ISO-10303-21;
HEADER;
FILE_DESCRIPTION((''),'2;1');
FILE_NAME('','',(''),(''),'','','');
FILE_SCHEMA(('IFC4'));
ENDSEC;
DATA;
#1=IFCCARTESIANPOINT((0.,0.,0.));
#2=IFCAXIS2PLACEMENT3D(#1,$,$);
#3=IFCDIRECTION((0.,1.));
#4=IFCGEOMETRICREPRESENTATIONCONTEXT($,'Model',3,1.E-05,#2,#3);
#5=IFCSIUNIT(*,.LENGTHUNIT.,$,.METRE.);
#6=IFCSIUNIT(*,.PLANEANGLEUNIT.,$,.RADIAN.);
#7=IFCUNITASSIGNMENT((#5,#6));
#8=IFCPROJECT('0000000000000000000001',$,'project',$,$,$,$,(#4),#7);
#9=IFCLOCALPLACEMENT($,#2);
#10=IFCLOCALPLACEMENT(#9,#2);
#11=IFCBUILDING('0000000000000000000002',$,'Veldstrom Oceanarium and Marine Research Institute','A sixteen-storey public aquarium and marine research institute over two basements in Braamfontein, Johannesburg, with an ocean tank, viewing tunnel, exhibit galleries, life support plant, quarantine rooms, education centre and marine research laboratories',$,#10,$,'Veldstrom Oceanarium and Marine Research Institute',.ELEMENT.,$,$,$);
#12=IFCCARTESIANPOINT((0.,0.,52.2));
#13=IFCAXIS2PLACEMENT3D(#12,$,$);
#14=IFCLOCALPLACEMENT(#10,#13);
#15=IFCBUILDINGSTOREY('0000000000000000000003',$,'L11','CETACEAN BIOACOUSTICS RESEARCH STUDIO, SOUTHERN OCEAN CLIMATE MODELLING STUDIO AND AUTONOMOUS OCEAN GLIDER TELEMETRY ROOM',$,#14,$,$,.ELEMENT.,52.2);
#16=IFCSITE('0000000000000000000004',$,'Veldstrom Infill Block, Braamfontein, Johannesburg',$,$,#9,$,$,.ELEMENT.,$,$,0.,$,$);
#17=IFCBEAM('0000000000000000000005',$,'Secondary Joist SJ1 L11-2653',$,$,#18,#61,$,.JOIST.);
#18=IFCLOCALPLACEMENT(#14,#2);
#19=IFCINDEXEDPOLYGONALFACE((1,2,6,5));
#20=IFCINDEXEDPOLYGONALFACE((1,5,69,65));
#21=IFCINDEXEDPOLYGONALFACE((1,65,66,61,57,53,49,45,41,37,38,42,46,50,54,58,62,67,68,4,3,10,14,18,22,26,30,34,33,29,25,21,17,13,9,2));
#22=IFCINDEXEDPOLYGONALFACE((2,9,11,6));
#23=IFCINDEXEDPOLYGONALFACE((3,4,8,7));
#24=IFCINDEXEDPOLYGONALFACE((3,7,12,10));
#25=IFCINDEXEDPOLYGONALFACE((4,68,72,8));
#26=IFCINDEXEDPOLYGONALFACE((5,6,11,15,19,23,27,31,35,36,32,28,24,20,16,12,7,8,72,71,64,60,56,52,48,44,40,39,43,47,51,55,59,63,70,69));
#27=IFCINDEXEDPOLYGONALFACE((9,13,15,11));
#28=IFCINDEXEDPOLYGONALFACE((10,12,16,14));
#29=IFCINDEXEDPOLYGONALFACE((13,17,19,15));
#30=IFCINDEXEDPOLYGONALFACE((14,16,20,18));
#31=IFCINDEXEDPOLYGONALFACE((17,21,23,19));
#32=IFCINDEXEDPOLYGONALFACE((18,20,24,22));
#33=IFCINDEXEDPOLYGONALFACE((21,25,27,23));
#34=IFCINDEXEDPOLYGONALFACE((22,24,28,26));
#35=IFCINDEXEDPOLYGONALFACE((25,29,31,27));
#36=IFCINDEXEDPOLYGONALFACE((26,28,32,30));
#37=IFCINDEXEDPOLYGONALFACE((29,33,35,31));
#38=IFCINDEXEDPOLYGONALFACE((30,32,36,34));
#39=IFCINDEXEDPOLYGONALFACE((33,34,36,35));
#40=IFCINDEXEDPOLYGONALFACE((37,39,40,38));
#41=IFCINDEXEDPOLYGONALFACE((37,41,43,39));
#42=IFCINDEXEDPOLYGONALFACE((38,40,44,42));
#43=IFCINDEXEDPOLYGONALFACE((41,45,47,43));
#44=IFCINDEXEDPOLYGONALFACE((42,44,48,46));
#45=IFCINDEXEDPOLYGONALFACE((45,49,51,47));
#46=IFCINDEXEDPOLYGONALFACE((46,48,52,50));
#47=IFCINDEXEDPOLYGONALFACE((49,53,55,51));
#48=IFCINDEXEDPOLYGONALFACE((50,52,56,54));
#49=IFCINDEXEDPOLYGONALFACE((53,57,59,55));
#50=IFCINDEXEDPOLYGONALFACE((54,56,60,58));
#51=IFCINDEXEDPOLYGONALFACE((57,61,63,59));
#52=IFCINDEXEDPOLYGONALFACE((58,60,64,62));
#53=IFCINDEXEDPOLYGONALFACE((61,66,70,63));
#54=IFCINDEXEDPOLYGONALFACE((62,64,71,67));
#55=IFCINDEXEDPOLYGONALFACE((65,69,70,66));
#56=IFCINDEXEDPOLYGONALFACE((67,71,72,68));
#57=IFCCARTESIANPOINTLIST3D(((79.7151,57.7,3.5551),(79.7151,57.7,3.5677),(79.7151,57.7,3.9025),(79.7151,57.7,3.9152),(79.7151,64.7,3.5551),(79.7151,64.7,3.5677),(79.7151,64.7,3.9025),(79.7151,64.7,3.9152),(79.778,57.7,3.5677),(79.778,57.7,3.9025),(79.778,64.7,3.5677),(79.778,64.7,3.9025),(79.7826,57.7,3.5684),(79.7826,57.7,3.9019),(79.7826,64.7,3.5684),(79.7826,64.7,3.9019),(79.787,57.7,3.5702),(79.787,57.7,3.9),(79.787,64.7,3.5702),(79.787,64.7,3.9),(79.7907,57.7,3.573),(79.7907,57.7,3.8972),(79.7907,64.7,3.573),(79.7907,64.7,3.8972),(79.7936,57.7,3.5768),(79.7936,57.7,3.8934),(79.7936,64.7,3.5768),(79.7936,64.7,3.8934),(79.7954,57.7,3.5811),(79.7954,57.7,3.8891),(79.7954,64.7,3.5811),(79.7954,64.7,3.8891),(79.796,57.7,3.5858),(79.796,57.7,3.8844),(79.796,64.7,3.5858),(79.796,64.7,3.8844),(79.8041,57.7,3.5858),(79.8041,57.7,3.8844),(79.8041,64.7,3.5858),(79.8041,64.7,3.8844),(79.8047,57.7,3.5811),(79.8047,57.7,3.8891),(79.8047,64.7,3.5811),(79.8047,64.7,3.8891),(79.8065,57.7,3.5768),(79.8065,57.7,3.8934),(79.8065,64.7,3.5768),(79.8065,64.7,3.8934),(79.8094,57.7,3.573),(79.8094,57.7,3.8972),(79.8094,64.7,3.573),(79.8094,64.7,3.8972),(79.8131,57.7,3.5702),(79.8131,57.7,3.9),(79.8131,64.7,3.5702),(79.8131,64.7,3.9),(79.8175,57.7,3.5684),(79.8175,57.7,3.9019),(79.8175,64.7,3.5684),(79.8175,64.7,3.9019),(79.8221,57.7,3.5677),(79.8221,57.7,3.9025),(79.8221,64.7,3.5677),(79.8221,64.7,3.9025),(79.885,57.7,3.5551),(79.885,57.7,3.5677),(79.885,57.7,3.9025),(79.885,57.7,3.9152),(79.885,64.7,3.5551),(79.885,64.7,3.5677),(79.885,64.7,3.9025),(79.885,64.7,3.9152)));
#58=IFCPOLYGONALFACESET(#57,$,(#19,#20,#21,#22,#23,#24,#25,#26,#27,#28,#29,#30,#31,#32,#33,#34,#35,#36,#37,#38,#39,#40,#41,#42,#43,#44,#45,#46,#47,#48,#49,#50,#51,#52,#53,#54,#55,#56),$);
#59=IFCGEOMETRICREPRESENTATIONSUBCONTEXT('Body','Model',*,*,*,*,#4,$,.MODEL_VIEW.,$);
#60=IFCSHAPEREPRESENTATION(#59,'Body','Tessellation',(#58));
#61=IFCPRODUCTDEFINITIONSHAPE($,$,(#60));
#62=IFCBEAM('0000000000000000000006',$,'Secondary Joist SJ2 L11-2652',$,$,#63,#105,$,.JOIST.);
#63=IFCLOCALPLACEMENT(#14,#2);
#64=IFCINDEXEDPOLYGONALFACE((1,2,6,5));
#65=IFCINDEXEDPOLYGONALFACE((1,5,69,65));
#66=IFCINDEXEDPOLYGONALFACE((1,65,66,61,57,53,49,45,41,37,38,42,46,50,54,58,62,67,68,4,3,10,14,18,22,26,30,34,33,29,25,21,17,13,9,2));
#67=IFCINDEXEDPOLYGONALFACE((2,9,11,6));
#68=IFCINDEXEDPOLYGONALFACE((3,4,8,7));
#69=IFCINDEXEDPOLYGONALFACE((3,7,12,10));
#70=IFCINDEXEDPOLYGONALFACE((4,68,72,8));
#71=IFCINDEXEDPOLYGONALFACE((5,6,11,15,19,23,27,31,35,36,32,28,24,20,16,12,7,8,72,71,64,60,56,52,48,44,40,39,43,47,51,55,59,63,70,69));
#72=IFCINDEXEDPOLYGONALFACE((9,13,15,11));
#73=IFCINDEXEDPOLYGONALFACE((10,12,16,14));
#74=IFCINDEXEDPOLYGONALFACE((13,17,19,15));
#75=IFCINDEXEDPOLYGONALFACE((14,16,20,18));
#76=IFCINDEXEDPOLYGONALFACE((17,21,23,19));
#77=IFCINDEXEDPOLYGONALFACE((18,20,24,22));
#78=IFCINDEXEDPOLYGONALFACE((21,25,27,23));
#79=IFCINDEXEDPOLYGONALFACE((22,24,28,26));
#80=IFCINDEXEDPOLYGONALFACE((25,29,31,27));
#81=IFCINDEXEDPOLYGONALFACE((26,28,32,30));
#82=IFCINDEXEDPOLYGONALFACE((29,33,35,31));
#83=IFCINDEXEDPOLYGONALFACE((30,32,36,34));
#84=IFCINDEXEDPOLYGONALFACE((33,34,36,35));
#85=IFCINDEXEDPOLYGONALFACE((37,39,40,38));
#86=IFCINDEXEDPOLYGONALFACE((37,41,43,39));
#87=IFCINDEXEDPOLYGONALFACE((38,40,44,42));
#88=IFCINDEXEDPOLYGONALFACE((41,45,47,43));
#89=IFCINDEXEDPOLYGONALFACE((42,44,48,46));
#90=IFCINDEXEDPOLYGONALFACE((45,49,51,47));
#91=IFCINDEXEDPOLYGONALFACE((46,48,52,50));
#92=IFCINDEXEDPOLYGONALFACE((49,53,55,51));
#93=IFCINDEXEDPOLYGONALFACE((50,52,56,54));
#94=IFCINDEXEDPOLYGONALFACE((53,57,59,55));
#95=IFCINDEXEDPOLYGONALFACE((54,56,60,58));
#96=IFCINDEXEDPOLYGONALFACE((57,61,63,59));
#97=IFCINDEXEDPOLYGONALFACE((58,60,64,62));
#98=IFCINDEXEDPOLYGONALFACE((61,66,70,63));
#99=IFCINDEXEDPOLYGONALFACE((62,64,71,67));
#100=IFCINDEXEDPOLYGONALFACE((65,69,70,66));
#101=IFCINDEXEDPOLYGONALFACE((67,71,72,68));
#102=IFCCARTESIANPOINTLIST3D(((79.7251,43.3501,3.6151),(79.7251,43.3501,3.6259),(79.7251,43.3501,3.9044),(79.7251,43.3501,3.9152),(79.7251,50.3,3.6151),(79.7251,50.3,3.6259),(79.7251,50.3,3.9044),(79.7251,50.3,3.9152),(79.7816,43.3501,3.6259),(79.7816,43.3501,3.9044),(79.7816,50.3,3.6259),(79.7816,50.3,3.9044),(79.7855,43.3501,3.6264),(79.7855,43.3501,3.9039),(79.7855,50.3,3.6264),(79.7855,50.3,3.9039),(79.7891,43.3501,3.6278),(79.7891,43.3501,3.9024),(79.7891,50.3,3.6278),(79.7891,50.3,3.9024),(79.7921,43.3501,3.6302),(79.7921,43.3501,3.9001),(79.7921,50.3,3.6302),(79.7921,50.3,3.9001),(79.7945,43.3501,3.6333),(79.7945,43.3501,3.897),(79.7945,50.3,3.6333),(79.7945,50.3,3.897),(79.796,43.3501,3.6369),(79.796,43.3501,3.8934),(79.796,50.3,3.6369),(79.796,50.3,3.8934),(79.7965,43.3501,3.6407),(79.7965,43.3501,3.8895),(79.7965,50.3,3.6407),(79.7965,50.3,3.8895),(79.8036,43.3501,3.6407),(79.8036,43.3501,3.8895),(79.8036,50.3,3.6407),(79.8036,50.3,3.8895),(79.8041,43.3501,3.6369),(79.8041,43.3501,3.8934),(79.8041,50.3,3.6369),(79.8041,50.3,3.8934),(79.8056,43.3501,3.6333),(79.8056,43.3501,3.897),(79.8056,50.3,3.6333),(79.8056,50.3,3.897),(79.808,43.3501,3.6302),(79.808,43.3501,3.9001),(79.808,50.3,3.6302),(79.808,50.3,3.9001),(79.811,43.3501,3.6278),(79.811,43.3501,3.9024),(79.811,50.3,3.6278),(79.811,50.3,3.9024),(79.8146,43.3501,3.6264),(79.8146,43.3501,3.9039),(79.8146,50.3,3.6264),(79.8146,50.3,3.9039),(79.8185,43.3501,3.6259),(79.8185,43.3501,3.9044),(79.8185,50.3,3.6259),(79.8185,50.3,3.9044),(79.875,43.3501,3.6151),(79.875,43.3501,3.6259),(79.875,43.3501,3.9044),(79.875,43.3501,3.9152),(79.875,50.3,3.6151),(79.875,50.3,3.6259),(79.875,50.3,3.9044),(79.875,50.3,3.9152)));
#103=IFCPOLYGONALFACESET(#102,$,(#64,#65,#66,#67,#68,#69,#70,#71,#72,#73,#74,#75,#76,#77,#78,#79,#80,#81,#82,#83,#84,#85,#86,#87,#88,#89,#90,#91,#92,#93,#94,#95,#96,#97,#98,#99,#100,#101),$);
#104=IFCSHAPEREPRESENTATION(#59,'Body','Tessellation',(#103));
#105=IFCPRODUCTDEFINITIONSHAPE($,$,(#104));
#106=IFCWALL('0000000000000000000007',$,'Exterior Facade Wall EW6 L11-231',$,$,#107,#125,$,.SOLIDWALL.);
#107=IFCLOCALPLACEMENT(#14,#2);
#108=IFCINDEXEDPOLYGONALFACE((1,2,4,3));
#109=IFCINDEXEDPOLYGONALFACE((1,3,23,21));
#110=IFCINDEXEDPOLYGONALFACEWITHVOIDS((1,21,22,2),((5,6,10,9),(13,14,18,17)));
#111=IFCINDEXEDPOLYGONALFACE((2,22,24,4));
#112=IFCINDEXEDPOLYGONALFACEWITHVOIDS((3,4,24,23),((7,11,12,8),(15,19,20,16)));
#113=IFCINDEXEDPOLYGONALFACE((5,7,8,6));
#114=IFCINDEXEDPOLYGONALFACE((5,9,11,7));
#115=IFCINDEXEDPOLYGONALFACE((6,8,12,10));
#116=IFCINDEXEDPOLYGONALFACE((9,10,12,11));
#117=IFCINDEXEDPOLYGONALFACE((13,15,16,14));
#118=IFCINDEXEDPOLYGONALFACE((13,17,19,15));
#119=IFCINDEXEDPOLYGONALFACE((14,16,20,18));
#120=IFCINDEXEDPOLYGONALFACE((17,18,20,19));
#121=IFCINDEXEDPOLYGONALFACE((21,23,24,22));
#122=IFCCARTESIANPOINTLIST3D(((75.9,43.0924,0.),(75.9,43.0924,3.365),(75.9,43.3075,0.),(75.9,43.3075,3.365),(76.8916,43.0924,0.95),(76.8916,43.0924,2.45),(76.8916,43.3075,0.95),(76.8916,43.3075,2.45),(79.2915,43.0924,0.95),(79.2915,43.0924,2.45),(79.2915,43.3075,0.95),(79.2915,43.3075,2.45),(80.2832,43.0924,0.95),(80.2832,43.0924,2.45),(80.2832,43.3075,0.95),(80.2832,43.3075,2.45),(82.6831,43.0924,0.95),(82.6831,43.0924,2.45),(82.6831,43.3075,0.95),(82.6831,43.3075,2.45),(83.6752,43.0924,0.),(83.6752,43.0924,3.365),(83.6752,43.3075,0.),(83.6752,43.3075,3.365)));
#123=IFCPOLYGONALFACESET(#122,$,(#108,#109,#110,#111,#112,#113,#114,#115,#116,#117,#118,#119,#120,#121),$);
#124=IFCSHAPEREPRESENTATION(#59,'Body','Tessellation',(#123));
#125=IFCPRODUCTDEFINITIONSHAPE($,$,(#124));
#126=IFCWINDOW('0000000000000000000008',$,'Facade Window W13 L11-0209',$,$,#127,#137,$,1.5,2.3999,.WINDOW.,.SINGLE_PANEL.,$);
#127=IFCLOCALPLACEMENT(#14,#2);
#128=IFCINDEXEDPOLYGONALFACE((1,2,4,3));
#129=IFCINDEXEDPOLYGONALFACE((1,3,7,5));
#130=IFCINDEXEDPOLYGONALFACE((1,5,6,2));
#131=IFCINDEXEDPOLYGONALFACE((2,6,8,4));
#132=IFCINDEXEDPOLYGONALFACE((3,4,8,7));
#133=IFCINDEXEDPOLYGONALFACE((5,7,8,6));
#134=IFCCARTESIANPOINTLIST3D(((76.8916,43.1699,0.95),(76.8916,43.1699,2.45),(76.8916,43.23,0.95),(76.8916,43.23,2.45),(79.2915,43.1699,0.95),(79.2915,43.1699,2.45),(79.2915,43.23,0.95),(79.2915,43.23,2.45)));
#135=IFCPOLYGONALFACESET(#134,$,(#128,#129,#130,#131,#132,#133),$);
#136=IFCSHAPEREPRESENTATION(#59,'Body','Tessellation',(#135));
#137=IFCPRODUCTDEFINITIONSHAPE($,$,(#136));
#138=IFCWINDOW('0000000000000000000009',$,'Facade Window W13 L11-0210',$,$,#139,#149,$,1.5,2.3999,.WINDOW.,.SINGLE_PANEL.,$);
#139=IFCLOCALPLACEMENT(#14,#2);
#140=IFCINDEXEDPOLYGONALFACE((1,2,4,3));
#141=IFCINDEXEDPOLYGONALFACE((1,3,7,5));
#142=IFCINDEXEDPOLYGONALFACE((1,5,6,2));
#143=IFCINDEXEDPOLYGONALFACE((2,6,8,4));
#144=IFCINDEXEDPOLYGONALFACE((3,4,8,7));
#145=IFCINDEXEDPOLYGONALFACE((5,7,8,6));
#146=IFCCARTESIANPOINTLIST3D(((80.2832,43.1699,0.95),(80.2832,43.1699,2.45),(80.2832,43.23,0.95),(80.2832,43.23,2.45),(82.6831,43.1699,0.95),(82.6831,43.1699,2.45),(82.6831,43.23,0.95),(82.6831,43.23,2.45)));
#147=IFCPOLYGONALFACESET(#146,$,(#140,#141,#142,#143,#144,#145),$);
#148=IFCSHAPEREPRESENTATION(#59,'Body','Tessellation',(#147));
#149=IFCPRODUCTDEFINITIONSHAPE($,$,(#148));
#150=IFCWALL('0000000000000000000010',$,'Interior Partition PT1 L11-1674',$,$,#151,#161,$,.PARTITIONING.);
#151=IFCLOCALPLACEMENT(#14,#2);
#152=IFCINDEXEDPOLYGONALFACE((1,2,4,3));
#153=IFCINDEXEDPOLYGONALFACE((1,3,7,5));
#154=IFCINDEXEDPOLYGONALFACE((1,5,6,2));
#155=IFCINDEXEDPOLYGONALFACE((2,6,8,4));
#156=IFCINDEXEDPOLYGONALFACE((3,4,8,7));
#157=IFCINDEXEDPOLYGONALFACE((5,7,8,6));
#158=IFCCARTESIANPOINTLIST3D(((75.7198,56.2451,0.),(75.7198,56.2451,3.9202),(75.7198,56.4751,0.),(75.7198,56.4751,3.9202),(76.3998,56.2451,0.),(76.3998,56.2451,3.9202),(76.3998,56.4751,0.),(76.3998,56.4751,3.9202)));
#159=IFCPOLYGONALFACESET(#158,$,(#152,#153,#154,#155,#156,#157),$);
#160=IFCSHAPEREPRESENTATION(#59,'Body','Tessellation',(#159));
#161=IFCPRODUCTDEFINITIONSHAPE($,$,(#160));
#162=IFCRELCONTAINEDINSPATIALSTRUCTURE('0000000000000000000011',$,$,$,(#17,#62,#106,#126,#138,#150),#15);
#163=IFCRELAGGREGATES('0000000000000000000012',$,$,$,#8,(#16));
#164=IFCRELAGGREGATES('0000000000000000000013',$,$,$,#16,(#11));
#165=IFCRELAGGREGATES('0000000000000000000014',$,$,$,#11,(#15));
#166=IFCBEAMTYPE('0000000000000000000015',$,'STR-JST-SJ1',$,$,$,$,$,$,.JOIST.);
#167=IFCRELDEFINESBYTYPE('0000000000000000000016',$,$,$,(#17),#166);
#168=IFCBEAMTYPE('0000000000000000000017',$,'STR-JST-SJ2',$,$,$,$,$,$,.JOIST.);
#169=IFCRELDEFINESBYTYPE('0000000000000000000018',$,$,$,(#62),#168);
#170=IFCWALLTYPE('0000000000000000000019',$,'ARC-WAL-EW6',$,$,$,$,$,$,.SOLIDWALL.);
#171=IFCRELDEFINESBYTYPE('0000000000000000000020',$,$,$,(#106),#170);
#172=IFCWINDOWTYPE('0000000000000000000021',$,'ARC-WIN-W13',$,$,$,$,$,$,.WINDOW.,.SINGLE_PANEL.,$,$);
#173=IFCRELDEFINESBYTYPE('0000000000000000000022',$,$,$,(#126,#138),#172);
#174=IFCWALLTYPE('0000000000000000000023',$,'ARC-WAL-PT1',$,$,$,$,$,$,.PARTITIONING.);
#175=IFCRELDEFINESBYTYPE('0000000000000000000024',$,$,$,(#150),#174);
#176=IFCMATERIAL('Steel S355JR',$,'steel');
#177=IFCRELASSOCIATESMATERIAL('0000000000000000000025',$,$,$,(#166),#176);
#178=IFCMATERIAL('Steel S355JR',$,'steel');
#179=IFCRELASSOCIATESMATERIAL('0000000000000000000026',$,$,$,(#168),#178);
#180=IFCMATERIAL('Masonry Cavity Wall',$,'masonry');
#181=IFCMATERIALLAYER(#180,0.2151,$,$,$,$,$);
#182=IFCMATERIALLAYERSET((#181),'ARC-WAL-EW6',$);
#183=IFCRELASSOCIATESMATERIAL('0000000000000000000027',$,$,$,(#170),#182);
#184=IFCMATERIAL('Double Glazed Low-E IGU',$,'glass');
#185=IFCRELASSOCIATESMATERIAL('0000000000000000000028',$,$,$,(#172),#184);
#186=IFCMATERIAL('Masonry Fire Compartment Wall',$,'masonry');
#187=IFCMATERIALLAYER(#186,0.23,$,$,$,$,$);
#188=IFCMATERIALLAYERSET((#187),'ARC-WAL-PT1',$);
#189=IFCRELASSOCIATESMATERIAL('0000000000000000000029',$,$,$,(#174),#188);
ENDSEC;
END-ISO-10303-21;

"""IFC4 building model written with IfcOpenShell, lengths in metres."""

from ifc_helpers import new_model, si_unit, direction, frame, frame_2d, origin, origin_2d, place, context, subcontext, project, spatial, rectangle, i_section, extrude, material, layer, layer_set, material_profile, profile_set, type_object, element, fill, save


model = new_model("IFC4")

# Units and contexts
model_context = context("Model", 3, precision=1e-05, world=origin(), true_north=direction((0.0, 1.0)))
body_context = subcontext(model_context, "Body", "Model", "MODEL_VIEW")
ifc_project = project(units=[si_unit("LENGTHUNIT", "METRE"), si_unit("PLANEANGLEUNIT", "RADIAN")], contexts=[model_context])

# Site, building, storey
site_placement = place(None, origin())
site = spatial("IfcSite", under=ifc_project, at=site_placement, Name="Veldstrom Infill Block, Braamfontein, Johannesburg", CompositionType="ELEMENT", RefElevation=0.0)
building_placement = place(site_placement, origin())
building = spatial("IfcBuilding", under=site, at=building_placement, Name="Veldstrom Oceanarium and Marine Research Institute", Description="A sixteen-storey public aquarium and marine research institute over two basements in Braamfontein, Johannesburg, with an ocean tank, viewing tunnel, exhibit galleries, life support plant, quarantine rooms, education centre and marine research laboratories", LongName="Veldstrom Oceanarium and Marine Research Institute", CompositionType="ELEMENT")
storey_placement = place(building_placement, frame((0.0, 0.0, 52.2)))
storey = spatial("IfcBuildingStorey", under=building, at=storey_placement, Name="L11", Description="CETACEAN BIOACOUSTICS RESEARCH STUDIO, SOUTHERN OCEAN CLIMATE MODELLING STUDIO AND AUTONOMOUS OCEAN GLIDER TELEMETRY ROOM", CompositionType="ELEMENT", Elevation=52.2)

# Beams
ifc_material_1 = material(Name="Steel S355JR", Category="steel")
ifc_material_profile_1 = material_profile(ifc_material_1, i_section(OverallWidth=0.1699, OverallDepth=0.3601, WebThickness=0.0081, FlangeThickness=0.0127, FilletRadius=0.0181, at=origin_2d()), Name="IPE 360")
ifc_profile_set_1 = profile_set([ifc_material_profile_1], Name="Steel S355JR")
beam_type_1 = type_object("IfcBeamType", Name="STR-JST-SJ1", PredefinedType="JOIST", material=ifc_profile_set_1)
beam_1_placement = place(storey_placement, frame((79.8, 57.7, 3.7351), z_axis=(0.0, 1.0, 0.0), x_axis=(-1.0, 0.0, 0.0)))
element("IfcBeam", 1, at=beam_1_placement, inside=storey, type_object=beam_type_1, Name="Secondary Joist SJ1 L11-2653", PredefinedType="JOIST", context=body_context, shape_type="SweptSolid", body=[
    extrude(i_section(OverallWidth=0.1699, OverallDepth=0.3601, WebThickness=0.0081, FlangeThickness=0.0127, FilletRadius=0.0181, at=origin_2d()), origin(), (0.0, 0.0, 1.0), 7.0),
])
ifc_material_2 = material(Name="Steel S355JR", Category="steel")
ifc_material_profile_2 = material_profile(ifc_material_2, i_section(OverallWidth=0.1499, OverallDepth=0.3, WebThickness=0.0071, FlangeThickness=0.0107, FilletRadius=0.0149, at=origin_2d()), Name="IPE 300")
ifc_profile_set_2 = profile_set([ifc_material_profile_2], Name="Steel S355JR")
beam_type_2 = type_object("IfcBeamType", Name="STR-JST-SJ2", PredefinedType="JOIST", material=ifc_profile_set_2)
beam_2_placement = place(storey_placement, frame((79.8, 43.3501, 3.7651), z_axis=(0.0, 1.0, 0.0), x_axis=(-1.0, 0.0, 0.0)))
element("IfcBeam", 2, at=beam_2_placement, inside=storey, type_object=beam_type_2, Name="Secondary Joist SJ2 L11-2652", PredefinedType="JOIST", context=body_context, shape_type="SweptSolid", body=[
    extrude(i_section(OverallWidth=0.1499, OverallDepth=0.3, WebThickness=0.0071, FlangeThickness=0.0107, FilletRadius=0.0149, at=origin_2d()), origin(), (0.0, 0.0, 1.0), 6.95),
])

# Wall, openings, windows
ifc_material_3 = material(Name="Masonry Cavity Wall", Category="masonry")
ifc_layer_1 = layer(ifc_material_3, 0.2151)
ifc_layer_set_1 = layer_set([ifc_layer_1], Name="ARC-WAL-EW6")
wall_type_1 = type_object("IfcWallType", Name="ARC-WAL-EW6", PredefinedType="SOLIDWALL", material=ifc_layer_set_1)
wall_1_placement = place(storey_placement, frame((75.8999, 43.2, 0.0), z_axis=(0.0, 0.0, 1.0), x_axis=(1.0, 0.0, 0.0)))
wall_1 = element("IfcWall", 3, at=wall_1_placement, inside=storey, type_object=wall_type_1, Name="Exterior Facade Wall EW6 L11-231", PredefinedType="SOLIDWALL", context=body_context, shape_type="SweptSolid", body=[
    extrude(rectangle(XDim=7.7751, YDim=0.2151, at=frame_2d((3.8877, 0.0))), origin(), (0.0, 0.0, 1.0), 3.365),
])
opening_1_placement = place(wall_1_placement, frame((0.9917, 0.0, 0.95)))
opening_1 = element("IfcOpeningElement", 4, at=opening_1_placement, cuts=wall_1, PredefinedType="OPENING", context=body_context, shape_type="SweptSolid", body=[
    extrude(rectangle(XDim=2.3999, YDim=1.5, at=frame_2d((1.2, 0.75))), frame((0.0, 0.1174, 0.0), z_axis=(0.0, -1.0, 0.0), x_axis=(1.0, 0.0, 0.0)), (0.0, 0.0, 1.0), 0.2351),
])
opening_2_placement = place(wall_1_placement, frame((4.3833, 0.0, 0.95)))
opening_2 = element("IfcOpeningElement", 5, at=opening_2_placement, cuts=wall_1, PredefinedType="OPENING", context=body_context, shape_type="SweptSolid", body=[
    extrude(rectangle(XDim=2.3999, YDim=1.5, at=frame_2d((1.2, 0.75))), frame((0.0, 0.1174, 0.0), z_axis=(0.0, -1.0, 0.0), x_axis=(1.0, 0.0, 0.0)), (0.0, 0.0, 1.0), 0.2351),
])
ifc_material_4 = material(Name="Double Glazed Low-E IGU", Category="glass")
window_type = type_object("IfcWindowType", Name="ARC-WIN-W13", PartitioningType="SINGLE_PANEL", PredefinedType="WINDOW", material=ifc_material_4)
window_1_placement = place(opening_1_placement, origin())
window_1 = element("IfcWindow", 6, at=window_1_placement, inside=storey, type_object=window_type, Name="Facade Window W13 L11-0209", OverallHeight=1.5, OverallWidth=2.3999, PartitioningType="SINGLE_PANEL", PredefinedType="WINDOW", context=body_context, shape_type="SweptSolid", body=[
    extrude(rectangle(XDim=2.3999, YDim=1.5, at=frame_2d((1.2, 0.75))), frame((0.0, 0.03, 0.0), z_axis=(0.0, -1.0, 0.0), x_axis=(1.0, 0.0, 0.0)), (0.0, 0.0, 1.0), 0.0601),
])
fill(opening_1, window_1)
window_2_placement = place(opening_2_placement, origin())
window_2 = element("IfcWindow", 7, at=window_2_placement, inside=storey, type_object=window_type, Name="Facade Window W13 L11-0210", OverallHeight=1.5, OverallWidth=2.3999, PartitioningType="SINGLE_PANEL", PredefinedType="WINDOW", context=body_context, shape_type="SweptSolid", body=[
    extrude(rectangle(XDim=2.3999, YDim=1.5, at=frame_2d((1.2, 0.75))), frame((0.0, 0.03, 0.0), z_axis=(0.0, -1.0, 0.0), x_axis=(1.0, 0.0, 0.0)), (0.0, 0.0, 1.0), 0.0601),
])
fill(opening_2, window_2)

# Shared definitions
ifc_material_5 = material(Name="Masonry Fire Compartment Wall", Category="masonry")
ifc_layer_2 = layer(ifc_material_5, 0.23)
ifc_layer_set_2 = layer_set([ifc_layer_2], Name="ARC-WAL-PT1")
wall_type_2 = type_object("IfcWallType", Name="ARC-WAL-PT1", PredefinedType="PARTITIONING", material=ifc_layer_set_2)

# Wall
wall_2_placement = place(storey_placement, frame((75.72, 56.3601, 0.0), z_axis=(0.0, 0.0, 1.0), x_axis=(1.0, 0.0, 0.0)))
element("IfcWall", 8, at=wall_2_placement, inside=storey, type_object=wall_type_2, Name="Interior Partition PT1 L11-1674", PredefinedType="PARTITIONING", context=body_context, shape_type="SweptSolid", body=[
    extrude(rectangle(XDim=0.6799, YDim=0.23, at=frame_2d((0.3398, 0.0))), origin(), (0.0, 0.0, 1.0), 3.9202),
])

save(model, "model.ifc")
